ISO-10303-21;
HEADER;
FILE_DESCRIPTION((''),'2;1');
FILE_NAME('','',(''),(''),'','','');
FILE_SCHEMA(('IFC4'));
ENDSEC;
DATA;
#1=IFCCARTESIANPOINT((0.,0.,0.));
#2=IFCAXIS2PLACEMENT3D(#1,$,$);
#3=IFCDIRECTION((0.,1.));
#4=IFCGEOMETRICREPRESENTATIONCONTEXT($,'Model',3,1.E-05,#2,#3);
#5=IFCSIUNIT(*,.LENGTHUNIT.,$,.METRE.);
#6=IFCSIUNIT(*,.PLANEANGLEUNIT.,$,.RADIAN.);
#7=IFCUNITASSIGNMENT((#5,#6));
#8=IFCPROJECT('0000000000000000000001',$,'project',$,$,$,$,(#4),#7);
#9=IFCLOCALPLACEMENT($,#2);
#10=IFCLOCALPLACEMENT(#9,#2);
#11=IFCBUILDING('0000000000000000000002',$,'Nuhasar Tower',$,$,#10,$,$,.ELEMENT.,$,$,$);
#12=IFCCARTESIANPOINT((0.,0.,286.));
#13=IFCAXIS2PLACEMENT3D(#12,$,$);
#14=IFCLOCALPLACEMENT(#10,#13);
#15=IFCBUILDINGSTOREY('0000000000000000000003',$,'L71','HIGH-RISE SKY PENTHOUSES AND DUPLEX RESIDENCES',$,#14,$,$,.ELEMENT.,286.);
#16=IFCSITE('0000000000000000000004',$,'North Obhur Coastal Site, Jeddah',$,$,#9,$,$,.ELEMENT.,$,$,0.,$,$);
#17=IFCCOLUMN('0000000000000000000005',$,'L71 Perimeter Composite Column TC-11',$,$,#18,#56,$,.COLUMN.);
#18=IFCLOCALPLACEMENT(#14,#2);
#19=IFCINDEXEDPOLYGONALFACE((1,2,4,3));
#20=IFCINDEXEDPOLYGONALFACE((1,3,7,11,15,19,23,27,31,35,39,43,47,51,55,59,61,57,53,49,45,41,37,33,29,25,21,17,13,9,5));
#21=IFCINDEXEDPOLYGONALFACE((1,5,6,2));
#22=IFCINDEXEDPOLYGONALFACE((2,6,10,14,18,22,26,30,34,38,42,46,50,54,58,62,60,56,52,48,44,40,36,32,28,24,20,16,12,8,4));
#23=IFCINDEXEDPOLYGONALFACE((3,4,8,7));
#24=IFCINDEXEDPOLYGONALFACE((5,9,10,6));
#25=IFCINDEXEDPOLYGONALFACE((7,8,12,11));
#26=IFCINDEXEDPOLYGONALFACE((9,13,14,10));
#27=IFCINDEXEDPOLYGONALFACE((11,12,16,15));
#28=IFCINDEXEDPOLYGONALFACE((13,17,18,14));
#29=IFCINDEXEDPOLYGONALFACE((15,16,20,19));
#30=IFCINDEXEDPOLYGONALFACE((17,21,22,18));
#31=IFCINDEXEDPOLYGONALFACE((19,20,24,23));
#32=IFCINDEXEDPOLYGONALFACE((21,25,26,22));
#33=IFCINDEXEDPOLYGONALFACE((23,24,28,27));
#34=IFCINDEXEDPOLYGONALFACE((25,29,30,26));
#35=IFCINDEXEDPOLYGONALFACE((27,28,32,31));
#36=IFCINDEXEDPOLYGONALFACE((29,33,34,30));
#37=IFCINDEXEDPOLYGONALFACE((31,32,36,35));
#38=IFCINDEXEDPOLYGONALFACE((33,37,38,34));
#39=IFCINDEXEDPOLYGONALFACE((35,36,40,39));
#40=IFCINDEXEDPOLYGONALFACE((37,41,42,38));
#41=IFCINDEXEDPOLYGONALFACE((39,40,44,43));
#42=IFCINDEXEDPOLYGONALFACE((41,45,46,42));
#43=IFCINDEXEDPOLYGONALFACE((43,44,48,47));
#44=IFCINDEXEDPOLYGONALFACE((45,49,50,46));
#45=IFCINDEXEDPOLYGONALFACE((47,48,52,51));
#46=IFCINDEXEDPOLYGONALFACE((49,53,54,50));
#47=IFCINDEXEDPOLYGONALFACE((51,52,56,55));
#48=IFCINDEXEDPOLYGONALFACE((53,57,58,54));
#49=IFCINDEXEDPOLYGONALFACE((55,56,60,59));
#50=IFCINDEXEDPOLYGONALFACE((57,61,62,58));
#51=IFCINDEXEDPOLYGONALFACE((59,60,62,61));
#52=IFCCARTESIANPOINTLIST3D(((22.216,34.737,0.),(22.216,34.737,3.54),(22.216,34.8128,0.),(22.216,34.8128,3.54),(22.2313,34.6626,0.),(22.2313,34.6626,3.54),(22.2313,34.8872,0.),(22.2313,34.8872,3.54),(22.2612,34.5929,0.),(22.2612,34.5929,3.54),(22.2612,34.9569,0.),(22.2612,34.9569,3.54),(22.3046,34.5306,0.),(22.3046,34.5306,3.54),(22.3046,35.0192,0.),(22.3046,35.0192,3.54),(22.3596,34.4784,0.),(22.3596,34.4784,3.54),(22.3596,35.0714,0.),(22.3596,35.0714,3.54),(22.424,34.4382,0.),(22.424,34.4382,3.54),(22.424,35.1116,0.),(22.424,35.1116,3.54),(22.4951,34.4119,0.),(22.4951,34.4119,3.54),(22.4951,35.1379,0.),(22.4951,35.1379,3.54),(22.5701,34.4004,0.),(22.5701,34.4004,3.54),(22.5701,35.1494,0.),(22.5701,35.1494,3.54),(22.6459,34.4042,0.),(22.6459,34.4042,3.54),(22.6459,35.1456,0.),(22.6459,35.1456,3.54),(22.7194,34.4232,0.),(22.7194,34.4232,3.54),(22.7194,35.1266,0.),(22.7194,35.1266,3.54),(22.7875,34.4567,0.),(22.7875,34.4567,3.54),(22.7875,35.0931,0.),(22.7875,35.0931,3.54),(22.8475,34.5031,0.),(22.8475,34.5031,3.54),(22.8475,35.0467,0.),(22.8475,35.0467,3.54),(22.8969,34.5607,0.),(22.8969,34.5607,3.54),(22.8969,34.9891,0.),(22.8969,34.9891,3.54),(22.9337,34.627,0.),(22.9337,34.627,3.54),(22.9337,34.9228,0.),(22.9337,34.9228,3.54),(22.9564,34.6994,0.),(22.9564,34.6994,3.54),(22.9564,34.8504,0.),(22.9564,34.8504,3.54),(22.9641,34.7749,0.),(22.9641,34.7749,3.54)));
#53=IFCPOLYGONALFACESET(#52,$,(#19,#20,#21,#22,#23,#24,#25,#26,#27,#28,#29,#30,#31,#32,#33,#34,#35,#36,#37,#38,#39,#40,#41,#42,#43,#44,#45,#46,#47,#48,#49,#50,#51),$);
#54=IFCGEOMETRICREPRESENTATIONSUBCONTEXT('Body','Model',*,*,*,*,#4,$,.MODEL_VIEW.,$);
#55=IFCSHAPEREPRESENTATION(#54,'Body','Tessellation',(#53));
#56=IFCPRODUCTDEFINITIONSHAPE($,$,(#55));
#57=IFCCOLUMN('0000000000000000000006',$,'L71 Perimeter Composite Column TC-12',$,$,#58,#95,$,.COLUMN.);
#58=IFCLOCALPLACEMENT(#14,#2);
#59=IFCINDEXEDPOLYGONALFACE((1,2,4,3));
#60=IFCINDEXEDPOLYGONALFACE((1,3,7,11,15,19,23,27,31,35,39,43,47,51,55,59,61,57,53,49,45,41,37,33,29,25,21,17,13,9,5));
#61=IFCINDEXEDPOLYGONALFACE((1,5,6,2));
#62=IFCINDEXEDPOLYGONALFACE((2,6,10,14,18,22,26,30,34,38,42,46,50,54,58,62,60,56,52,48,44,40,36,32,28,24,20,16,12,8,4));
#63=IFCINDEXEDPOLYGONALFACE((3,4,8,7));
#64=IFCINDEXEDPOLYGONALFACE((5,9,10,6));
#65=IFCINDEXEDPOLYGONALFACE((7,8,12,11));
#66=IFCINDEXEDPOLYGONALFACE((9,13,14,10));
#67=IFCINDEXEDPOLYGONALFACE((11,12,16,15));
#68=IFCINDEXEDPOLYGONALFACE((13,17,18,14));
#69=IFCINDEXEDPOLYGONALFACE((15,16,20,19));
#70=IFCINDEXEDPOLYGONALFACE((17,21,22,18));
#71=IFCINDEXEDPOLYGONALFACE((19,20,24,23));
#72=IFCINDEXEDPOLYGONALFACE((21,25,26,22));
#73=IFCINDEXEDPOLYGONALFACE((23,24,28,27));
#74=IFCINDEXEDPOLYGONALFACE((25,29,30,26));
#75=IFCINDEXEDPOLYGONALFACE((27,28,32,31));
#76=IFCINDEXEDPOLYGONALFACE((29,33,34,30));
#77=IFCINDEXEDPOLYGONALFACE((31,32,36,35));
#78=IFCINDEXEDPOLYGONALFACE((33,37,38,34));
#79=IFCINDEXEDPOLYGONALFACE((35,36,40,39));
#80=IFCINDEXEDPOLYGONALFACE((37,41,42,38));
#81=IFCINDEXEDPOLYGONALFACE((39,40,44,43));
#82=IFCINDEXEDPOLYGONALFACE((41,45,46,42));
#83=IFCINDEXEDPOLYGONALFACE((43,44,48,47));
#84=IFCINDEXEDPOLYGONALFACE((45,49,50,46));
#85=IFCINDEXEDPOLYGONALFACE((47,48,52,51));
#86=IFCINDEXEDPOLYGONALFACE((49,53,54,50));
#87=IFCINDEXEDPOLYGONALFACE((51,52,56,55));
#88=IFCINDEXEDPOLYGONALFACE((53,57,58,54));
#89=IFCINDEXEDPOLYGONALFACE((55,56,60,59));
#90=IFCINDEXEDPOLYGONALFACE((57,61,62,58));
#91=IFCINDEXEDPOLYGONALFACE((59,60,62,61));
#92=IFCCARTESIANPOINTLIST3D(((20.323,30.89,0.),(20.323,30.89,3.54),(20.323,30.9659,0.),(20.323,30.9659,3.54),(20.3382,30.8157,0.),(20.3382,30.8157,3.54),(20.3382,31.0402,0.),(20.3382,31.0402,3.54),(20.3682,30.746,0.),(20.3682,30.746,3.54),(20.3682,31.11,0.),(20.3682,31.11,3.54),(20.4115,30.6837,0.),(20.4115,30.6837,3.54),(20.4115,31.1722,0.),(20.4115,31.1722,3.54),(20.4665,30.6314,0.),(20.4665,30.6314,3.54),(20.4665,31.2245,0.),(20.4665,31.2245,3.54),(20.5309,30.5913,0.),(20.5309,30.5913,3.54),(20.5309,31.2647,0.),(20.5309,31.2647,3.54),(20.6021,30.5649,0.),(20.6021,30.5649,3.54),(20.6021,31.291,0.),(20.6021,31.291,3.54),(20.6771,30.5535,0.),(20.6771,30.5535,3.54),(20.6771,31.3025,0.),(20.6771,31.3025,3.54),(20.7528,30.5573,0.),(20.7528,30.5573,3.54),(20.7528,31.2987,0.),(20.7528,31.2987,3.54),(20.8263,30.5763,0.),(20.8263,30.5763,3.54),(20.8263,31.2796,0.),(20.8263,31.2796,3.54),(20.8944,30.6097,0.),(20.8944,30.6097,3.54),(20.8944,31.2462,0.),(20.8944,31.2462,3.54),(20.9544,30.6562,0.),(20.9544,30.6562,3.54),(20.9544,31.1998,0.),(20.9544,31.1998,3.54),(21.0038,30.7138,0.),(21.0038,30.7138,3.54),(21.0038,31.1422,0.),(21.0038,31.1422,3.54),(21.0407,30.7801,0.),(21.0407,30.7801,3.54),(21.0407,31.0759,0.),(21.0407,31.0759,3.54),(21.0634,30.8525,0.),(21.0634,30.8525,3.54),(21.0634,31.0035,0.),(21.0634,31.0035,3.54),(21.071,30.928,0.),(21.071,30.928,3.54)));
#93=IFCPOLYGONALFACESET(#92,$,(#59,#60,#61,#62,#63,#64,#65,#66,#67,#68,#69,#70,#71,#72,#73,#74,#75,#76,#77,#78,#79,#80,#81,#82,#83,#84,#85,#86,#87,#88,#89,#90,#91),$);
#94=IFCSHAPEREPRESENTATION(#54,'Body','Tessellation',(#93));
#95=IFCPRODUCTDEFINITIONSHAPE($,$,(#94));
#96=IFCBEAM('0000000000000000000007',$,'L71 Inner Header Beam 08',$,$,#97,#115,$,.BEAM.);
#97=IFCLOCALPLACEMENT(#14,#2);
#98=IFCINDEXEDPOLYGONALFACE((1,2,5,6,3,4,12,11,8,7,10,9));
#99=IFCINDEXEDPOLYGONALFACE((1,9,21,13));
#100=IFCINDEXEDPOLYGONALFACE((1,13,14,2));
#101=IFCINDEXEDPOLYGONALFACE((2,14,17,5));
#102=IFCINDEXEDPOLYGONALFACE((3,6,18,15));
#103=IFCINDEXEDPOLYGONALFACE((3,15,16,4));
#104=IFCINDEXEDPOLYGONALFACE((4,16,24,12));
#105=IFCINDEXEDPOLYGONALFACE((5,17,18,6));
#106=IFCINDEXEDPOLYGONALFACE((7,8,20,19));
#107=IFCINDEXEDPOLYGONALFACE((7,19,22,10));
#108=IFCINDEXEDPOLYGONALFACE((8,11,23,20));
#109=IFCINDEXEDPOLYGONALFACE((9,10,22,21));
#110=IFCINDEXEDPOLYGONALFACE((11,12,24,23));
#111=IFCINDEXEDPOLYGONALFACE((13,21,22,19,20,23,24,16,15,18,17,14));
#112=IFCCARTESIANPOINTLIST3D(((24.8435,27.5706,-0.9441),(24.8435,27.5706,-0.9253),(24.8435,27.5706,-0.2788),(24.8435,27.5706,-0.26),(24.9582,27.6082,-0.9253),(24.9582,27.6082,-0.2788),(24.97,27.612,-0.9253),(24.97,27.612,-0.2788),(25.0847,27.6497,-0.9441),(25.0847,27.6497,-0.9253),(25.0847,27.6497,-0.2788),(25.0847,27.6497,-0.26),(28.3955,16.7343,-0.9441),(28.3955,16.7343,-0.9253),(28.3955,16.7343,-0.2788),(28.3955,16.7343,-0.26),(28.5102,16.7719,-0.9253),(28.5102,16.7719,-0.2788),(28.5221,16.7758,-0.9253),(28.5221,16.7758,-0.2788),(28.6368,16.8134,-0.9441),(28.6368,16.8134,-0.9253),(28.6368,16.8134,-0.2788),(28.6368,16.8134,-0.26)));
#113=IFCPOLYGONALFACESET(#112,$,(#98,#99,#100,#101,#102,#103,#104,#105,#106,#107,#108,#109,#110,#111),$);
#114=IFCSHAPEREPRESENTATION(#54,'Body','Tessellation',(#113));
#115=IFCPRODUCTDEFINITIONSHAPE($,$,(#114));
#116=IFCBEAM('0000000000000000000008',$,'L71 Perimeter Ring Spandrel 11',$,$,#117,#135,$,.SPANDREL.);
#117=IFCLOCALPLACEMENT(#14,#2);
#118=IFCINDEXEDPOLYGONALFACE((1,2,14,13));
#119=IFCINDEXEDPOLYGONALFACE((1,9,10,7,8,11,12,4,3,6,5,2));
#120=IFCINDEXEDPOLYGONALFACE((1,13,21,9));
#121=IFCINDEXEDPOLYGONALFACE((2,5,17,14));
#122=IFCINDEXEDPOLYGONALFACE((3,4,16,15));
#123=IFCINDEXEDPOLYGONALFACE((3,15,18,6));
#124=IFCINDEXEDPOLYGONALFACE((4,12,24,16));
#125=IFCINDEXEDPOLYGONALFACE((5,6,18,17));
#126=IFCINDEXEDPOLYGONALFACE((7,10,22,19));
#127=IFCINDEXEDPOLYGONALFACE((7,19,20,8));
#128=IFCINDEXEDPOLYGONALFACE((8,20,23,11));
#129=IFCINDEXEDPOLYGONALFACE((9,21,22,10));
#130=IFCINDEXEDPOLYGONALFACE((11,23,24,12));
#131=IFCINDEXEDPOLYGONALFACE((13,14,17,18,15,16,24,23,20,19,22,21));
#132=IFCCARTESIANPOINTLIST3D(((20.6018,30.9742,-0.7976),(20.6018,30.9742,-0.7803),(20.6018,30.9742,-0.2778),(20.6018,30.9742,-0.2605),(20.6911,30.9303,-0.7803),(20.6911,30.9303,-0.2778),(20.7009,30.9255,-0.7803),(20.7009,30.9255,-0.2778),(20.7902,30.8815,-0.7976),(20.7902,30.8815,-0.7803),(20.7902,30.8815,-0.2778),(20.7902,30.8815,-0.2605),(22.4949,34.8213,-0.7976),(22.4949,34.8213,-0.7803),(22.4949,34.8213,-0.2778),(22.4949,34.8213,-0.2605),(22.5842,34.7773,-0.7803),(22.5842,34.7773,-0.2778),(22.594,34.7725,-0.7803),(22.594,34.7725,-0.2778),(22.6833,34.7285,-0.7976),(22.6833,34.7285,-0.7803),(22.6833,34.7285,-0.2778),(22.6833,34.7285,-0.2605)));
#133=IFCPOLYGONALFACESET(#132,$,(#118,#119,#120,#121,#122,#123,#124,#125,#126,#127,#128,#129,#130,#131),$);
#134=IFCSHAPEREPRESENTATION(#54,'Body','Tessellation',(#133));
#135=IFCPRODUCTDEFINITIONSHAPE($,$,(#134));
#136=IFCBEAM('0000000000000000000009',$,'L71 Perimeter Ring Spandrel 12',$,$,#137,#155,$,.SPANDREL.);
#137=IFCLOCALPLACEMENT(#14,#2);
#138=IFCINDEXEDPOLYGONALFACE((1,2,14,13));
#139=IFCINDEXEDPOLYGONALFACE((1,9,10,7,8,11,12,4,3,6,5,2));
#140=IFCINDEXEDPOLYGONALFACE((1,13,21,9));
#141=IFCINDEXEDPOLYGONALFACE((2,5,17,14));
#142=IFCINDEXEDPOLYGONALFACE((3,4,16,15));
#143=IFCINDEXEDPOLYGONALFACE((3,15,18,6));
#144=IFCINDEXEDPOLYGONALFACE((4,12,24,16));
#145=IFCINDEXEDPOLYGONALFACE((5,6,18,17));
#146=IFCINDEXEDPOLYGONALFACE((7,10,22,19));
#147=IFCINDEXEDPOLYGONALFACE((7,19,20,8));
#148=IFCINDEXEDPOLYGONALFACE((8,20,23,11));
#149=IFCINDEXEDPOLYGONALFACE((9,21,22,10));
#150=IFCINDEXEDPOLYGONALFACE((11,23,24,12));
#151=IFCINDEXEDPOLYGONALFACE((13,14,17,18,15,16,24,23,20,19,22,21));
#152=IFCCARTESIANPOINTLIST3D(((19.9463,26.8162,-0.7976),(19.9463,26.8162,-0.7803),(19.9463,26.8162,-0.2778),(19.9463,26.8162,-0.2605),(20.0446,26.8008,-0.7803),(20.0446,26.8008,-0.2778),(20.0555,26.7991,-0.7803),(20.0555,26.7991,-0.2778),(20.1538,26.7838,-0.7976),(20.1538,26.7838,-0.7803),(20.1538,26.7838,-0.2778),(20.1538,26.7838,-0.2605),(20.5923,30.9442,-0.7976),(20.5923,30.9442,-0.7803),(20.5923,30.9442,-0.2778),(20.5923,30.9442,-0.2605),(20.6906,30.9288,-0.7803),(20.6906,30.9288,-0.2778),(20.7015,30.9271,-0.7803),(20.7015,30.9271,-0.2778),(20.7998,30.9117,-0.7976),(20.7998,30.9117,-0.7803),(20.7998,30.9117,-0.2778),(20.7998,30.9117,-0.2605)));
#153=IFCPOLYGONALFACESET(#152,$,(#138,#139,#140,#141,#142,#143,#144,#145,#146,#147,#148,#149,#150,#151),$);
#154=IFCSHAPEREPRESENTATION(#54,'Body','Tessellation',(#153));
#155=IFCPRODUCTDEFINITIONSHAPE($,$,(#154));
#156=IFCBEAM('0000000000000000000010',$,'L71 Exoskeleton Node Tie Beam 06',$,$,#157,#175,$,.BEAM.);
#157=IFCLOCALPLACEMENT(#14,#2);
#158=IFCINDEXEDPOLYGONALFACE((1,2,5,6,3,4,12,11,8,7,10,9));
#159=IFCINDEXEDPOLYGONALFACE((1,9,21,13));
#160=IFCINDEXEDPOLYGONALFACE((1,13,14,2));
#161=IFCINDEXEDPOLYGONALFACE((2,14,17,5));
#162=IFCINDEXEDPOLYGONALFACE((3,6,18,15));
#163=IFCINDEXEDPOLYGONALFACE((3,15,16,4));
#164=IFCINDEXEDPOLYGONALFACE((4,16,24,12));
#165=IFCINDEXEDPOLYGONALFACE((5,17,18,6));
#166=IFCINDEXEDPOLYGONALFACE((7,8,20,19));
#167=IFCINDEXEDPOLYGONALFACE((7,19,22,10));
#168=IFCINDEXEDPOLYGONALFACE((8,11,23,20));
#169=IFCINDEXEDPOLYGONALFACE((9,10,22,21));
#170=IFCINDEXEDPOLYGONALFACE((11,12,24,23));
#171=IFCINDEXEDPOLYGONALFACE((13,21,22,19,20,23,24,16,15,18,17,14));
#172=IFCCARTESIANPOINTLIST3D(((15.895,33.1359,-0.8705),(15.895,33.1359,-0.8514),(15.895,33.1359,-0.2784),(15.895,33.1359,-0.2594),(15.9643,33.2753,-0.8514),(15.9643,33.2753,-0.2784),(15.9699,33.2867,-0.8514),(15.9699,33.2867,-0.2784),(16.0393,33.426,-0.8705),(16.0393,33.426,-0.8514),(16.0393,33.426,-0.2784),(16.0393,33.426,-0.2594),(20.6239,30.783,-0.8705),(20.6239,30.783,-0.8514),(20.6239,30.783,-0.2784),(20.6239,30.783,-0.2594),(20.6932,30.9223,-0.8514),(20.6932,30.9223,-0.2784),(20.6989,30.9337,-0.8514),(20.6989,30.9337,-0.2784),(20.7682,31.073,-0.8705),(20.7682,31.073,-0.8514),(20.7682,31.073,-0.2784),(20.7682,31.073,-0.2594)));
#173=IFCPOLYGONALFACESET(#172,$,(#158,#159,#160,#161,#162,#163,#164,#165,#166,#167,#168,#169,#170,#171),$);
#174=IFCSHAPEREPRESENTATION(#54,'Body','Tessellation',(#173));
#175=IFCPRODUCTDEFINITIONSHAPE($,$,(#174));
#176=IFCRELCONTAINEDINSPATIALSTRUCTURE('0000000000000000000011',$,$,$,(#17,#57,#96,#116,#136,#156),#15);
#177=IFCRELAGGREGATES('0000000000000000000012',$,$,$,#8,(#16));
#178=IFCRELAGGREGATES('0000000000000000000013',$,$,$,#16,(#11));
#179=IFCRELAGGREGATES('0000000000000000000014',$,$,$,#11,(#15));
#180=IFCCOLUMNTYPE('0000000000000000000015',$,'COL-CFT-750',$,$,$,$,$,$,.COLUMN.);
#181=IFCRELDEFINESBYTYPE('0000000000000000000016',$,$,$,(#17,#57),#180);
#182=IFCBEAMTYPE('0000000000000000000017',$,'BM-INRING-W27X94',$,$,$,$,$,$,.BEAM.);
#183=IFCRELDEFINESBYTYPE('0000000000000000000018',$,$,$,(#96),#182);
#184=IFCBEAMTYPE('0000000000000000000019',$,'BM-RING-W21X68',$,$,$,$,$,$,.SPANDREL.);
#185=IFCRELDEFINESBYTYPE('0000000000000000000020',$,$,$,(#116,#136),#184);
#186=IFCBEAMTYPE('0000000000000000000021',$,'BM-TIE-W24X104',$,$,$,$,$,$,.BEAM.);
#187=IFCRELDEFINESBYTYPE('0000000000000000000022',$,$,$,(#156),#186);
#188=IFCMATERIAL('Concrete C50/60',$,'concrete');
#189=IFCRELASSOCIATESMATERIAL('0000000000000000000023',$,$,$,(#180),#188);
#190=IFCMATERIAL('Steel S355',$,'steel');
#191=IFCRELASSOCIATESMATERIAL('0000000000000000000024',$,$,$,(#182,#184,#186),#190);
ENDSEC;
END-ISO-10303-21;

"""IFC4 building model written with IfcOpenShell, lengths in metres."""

from ifc_helpers import new_model, si_unit, direction, frame, origin, origin_2d, place, context, subcontext, project, spatial, circle, i_section, extrude, material, material_profile, profile_set, type_object, element, save


model = new_model("IFC4")

# Units and contexts
model_context = context("Model", 3, precision=1e-05, world=origin(), true_north=direction((0.0, 1.0)))
body_context = subcontext(model_context, "Body", "Model", "MODEL_VIEW")
ifc_project = project(units=[si_unit("LENGTHUNIT", "METRE"), si_unit("PLANEANGLEUNIT", "RADIAN")], contexts=[model_context])

# Site, building, storey
site_placement = place(None, origin())
site = spatial("IfcSite", under=ifc_project, at=site_placement, Name="North Obhur Coastal Site, Jeddah", CompositionType="ELEMENT", RefElevation=0.0)
building_placement = place(site_placement, origin())
building = spatial("IfcBuilding", under=site, at=building_placement, Name="Nuhasar Tower", CompositionType="ELEMENT")
storey_placement = place(building_placement, frame((0.0, 0.0, 286.0)))
storey = spatial("IfcBuildingStorey", under=building, at=storey_placement, Name="L71", Description="HIGH-RISE SKY PENTHOUSES AND DUPLEX RESIDENCES", CompositionType="ELEMENT", Elevation=286.0)

# Columns
ifc_material_1 = material(Name="Concrete C50/60", Category="concrete")
ifc_material_profile_1 = material_profile(ifc_material_1, circle(Radius=0.375, at=origin_2d()), Name="CFT750")
ifc_profile_set_1 = profile_set([ifc_material_profile_1], Name="Concrete C50/60")
column_type = type_object("IfcColumnType", Name="COL-CFT-750", PredefinedType="COLUMN", material=ifc_profile_set_1)
for number, where, z_axis, x_axis, name in (
    (1, (22.5891, 34.7749, 0.0), (0.0, 0.0, 1.0), (1.0, 0.0, 0.0), "L71 Perimeter Composite Column TC-11"),
    (2, (20.696, 30.928, 0.0), (0.0, 0.0, 1.0), (1.0, 0.0, 0.0), "L71 Perimeter Composite Column TC-12"),
):
    element("IfcColumn", number, at=place(storey_placement, frame(where, z_axis=z_axis, x_axis=x_axis)), inside=storey, type_object=column_type, Name=name, PredefinedType="COLUMN", context=body_context, shape_type="SweptSolid", body=[
        extrude(circle(Radius=0.375, at=origin_2d()), origin(), (0.0, 0.0, 1.0), 3.54),
    ])

# Beams
ifc_material_2 = material(Name="Steel S355", Category="steel")
ifc_material_profile_2 = material_profile(ifc_material_2, i_section(OverallWidth=0.2539, OverallDepth=0.6841, WebThickness=0.0125, FlangeThickness=0.0188, at=origin_2d()), Name="W27X94")
ifc_profile_set_2 = profile_set([ifc_material_profile_2], Name="Steel S355")
beam_type_1 = type_object("IfcBeamType", Name="BM-INRING-W27X94", PredefinedType="BEAM", material=ifc_profile_set_2)
beam_1_placement = place(storey_placement, frame((24.9641, 27.6101, -0.6021), z_axis=(0.311484, -0.950251, 0.0), x_axis=(0.950251, 0.311484, 0.0)))
element("IfcBeam", 3, at=beam_1_placement, inside=storey, type_object=beam_type_1, Name="L71 Inner Header Beam 08", PredefinedType="BEAM", context=body_context, shape_type="SweptSolid", body=[
    extrude(i_section(OverallWidth=0.2539, OverallDepth=0.6841, WebThickness=0.0125, FlangeThickness=0.0188, at=origin_2d()), origin(), (0.0, 0.0, 1.0), 11.4036),
])
ifc_material_profile_3 = material_profile(ifc_material_2, i_section(OverallWidth=0.21, OverallDepth=0.5371, WebThickness=0.011, FlangeThickness=0.0173, at=origin_2d()), Name="W21X68")
ifc_profile_set_3 = profile_set([ifc_material_profile_3], Name="Steel S355")
beam_type_2 = type_object("IfcBeamType", Name="BM-RING-W21X68", PredefinedType="SPANDREL", material=ifc_profile_set_3)
beam_2_placement = place(storey_placement, frame((22.5891, 34.7749, -0.5291), z_axis=(-0.441533, -0.897245, 0.0), x_axis=(0.897245, -0.441533, 0.0)))
element("IfcBeam", 4, at=beam_2_placement, inside=storey, type_object=beam_type_2, Name="L71 Perimeter Ring Spandrel 11", PredefinedType="SPANDREL", context=body_context, shape_type="SweptSolid", body=[
    extrude(i_section(OverallWidth=0.21, OverallDepth=0.5371, WebThickness=0.011, FlangeThickness=0.0173, at=origin_2d()), origin(), (0.0, 0.0, 1.0), 4.2876),
])
beam_3_placement = place(storey_placement, frame((20.696, 30.928, -0.5291), z_axis=(-0.154612, -0.987975, 0.0), x_axis=(0.987975, -0.154612, 0.0)))
element("IfcBeam", 5, at=beam_3_placement, inside=storey, type_object=beam_type_2, Name="L71 Perimeter Ring Spandrel 12", PredefinedType="SPANDREL", context=body_context, shape_type="SweptSolid", body=[
    extrude(i_section(OverallWidth=0.21, OverallDepth=0.5371, WebThickness=0.011, FlangeThickness=0.0173, at=origin_2d()), origin(), (0.0, 0.0, 1.0), 4.1782),
])
ifc_material_profile_4 = material_profile(ifc_material_2, i_section(OverallWidth=0.324, OverallDepth=0.6111, WebThickness=0.0127, FlangeThickness=0.019, at=origin_2d()), Name="W24X104")
ifc_profile_set_4 = profile_set([ifc_material_profile_4], Name="Steel S355")
beam_type_3 = type_object("IfcBeamType", Name="BM-TIE-W24X104", PredefinedType="BEAM", material=ifc_profile_set_4)
beam_4_placement = place(storey_placement, frame((20.696, 30.928, -0.5649), z_axis=(-0.895294, 0.445475, 0.0), x_axis=(-0.445475, -0.895294, 0.0)))
element("IfcBeam", 6, at=beam_4_placement, inside=storey, type_object=beam_type_3, Name="L71 Exoskeleton Node Tie Beam 06", PredefinedType="BEAM", context=body_context, shape_type="SweptSolid", body=[
    extrude(i_section(OverallWidth=0.324, OverallDepth=0.6111, WebThickness=0.0127, FlangeThickness=0.019, at=origin_2d()), origin(), (0.0, 0.0, 1.0), 5.282),
])

save(model, "model.ifc")
